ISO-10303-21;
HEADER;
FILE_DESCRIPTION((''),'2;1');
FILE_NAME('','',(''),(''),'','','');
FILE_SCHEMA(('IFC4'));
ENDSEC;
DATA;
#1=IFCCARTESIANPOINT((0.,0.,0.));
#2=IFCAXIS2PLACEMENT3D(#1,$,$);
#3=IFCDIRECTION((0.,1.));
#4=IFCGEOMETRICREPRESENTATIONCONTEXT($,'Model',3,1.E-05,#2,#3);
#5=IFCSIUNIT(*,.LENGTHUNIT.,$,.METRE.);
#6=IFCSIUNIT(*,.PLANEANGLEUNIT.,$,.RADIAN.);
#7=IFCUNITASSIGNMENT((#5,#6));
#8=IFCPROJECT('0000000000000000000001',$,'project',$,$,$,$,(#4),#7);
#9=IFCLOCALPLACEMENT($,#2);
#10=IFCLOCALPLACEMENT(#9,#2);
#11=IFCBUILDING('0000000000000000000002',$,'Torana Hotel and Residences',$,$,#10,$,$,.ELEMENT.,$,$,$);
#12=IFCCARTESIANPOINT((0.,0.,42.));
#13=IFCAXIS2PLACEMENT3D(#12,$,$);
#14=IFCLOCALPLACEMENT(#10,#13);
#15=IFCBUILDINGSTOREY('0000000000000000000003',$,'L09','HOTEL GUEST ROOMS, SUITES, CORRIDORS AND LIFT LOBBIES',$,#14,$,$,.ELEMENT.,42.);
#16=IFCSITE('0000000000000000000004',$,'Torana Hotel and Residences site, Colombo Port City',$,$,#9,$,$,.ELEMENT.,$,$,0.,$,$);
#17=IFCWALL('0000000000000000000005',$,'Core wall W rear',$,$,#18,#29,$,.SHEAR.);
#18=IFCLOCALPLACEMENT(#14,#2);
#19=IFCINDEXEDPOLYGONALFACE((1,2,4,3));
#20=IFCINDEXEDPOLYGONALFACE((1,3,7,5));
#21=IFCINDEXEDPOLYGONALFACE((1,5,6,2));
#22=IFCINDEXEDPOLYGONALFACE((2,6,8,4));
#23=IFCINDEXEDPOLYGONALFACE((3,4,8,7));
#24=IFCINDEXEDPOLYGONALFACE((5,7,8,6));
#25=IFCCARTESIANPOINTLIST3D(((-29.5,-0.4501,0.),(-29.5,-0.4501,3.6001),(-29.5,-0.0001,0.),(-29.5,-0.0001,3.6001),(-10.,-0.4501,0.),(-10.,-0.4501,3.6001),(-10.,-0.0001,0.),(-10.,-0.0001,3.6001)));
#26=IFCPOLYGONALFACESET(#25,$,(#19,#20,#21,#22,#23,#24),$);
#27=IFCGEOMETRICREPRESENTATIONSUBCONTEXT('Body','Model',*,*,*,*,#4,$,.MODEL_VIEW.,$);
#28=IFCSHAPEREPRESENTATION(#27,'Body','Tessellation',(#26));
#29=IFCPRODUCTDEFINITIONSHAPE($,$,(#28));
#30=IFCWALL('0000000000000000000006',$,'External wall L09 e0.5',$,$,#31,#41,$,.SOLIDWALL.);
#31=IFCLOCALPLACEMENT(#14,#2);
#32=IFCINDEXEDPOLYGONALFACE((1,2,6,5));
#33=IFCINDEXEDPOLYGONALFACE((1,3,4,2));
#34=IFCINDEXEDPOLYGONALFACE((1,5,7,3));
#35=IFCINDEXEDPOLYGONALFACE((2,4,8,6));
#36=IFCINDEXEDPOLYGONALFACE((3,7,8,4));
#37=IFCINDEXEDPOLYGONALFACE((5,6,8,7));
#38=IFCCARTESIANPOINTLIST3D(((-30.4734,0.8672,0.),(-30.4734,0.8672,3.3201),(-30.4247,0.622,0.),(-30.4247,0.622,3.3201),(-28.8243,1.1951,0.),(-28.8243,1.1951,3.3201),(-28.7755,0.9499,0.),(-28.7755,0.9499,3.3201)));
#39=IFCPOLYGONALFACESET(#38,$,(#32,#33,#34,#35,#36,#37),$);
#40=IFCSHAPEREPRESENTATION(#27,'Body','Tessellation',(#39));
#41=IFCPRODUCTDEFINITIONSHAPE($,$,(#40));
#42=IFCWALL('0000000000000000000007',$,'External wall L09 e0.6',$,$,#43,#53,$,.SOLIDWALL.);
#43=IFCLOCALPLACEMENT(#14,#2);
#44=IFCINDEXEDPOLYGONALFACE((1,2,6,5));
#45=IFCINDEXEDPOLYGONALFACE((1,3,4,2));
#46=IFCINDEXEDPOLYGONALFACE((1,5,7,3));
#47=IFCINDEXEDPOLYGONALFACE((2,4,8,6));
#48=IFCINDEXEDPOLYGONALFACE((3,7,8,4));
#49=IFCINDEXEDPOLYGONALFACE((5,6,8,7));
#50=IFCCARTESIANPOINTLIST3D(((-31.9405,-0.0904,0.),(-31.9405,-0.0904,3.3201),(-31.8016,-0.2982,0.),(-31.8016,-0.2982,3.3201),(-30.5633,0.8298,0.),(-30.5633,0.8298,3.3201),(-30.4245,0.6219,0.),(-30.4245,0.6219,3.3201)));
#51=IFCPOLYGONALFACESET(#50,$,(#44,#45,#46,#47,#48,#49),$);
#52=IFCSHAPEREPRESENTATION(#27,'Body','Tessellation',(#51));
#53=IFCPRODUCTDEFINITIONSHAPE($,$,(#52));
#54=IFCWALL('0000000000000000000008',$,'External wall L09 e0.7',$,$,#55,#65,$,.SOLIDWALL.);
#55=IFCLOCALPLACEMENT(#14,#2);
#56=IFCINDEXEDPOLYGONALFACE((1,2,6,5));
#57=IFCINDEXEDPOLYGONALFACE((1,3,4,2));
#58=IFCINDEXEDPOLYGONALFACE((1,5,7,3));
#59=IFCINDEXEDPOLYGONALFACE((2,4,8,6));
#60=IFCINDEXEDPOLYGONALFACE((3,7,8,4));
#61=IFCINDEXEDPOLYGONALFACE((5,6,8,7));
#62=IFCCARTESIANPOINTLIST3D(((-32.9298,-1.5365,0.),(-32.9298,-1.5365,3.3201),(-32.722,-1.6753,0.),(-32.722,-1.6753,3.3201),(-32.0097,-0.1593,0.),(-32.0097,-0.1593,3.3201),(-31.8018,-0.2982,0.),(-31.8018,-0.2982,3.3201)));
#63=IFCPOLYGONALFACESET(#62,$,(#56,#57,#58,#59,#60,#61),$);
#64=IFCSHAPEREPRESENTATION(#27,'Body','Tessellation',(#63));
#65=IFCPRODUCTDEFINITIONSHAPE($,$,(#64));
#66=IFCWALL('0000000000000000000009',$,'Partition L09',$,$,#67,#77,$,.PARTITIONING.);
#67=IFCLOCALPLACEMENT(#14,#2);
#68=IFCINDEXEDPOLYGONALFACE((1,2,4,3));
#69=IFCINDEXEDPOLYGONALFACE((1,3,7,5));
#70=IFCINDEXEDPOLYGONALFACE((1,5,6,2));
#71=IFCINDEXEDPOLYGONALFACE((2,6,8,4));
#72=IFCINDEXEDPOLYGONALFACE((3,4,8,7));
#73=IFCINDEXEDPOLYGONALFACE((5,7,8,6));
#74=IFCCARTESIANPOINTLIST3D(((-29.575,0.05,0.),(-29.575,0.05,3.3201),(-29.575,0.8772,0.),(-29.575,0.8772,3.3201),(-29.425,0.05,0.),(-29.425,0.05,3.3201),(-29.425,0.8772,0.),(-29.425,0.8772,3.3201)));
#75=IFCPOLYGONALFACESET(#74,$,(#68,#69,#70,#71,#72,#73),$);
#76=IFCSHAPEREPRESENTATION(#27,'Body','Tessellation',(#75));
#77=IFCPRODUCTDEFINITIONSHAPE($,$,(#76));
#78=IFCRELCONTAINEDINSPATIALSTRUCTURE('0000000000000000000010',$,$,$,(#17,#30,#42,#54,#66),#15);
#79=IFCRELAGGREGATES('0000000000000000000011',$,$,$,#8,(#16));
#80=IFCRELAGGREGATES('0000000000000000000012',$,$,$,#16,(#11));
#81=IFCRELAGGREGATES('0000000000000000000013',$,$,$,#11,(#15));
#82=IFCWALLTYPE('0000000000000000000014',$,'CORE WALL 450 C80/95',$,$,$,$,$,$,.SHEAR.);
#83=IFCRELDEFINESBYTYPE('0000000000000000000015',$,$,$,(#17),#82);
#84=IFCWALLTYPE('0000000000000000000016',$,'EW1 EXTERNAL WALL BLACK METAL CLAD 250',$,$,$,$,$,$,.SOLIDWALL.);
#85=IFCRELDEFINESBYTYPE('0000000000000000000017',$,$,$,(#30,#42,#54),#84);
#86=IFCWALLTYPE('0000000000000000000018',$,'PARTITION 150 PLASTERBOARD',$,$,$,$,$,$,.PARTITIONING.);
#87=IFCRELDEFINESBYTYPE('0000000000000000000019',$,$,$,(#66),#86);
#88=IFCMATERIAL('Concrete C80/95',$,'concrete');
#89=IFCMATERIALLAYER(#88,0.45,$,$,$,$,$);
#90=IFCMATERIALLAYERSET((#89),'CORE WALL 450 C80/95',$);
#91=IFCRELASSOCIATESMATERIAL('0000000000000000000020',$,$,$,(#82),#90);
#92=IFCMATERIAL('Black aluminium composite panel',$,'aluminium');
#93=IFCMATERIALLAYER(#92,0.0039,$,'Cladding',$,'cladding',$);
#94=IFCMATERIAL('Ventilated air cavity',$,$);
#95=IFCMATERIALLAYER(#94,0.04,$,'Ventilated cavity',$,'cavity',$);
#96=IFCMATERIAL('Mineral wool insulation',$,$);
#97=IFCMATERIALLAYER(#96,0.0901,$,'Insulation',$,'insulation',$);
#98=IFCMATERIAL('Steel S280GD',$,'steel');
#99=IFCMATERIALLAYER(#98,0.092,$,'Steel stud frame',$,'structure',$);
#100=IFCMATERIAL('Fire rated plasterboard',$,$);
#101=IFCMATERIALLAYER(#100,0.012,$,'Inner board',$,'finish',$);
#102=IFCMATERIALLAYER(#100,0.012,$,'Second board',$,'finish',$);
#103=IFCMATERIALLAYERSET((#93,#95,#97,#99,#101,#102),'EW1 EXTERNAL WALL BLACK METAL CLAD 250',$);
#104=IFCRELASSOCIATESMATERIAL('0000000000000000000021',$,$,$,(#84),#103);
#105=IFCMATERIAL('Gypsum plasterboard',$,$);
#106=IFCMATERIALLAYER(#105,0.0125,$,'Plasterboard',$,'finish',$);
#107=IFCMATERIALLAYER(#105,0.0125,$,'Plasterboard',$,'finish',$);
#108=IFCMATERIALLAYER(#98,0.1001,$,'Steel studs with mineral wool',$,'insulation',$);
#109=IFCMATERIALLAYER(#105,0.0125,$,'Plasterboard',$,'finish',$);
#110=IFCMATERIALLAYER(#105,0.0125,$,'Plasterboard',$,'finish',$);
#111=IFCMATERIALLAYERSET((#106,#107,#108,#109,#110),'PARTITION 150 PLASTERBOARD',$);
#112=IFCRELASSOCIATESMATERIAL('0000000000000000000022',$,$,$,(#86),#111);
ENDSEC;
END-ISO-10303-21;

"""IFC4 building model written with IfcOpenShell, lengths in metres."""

from ifc_helpers import new_model, si_unit, direction, frame, frame_2d, origin, place, context, subcontext, project, spatial, rectangle, extrude, material, layer, layer_set, type_object, element, save


model = new_model("IFC4")

# Units and contexts
model_context = context("Model", 3, precision=1e-05, world=origin(), true_north=direction((0.0, 1.0)))
body_context = subcontext(model_context, "Body", "Model", "MODEL_VIEW")
ifc_project = project(units=[si_unit("LENGTHUNIT", "METRE"), si_unit("PLANEANGLEUNIT", "RADIAN")], contexts=[model_context])

# Site, building, storey
site_placement = place(None, origin())
site = spatial("IfcSite", under=ifc_project, at=site_placement, Name="Torana Hotel and Residences site, Colombo Port City", CompositionType="ELEMENT", RefElevation=0.0)
building_placement = place(site_placement, origin())
building = spatial("IfcBuilding", under=site, at=building_placement, Name="Torana Hotel and Residences", CompositionType="ELEMENT")
storey_placement = place(building_placement, frame((0.0, 0.0, 42.0)))
storey = spatial("IfcBuildingStorey", under=building, at=storey_placement, Name="L09", Description="HOTEL GUEST ROOMS, SUITES, CORRIDORS AND LIFT LOBBIES", CompositionType="ELEMENT", Elevation=42.0)

# Walls
ifc_material_1 = material(Name="Concrete C80/95", Category="concrete")
ifc_layer_1 = layer(ifc_material_1, 0.45)
ifc_layer_set_1 = layer_set([ifc_layer_1], Name="CORE WALL 450 C80/95")
wall_type_1 = type_object("IfcWallType", Name="CORE WALL 450 C80/95", PredefinedType="SHEAR", material=ifc_layer_set_1)
wall_1_placement = place(storey_placement, frame((-29.5, -0.2251, 0.0), z_axis=(0.0, 0.0, 1.0), x_axis=(1.0, 0.0, 0.0)))
element("IfcWall", 1, at=wall_1_placement, inside=storey, type_object=wall_type_1, Name="Core wall W rear", PredefinedType="SHEAR", context=body_context, shape_type="SweptSolid", body=[
    extrude(rectangle(XDim=19.5, YDim=0.45, at=frame_2d((9.75, 0.0))), origin(), (0.0, 0.0, 1.0), 3.6001),
])
ifc_material_2 = material(Name="Black aluminium composite panel", Category="aluminium")
ifc_layer_2 = layer(ifc_material_2, 0.0039, Name="Cladding", Category="cladding")
ifc_material_3 = material(Name="Ventilated air cavity")
ifc_layer_3 = layer(ifc_material_3, 0.04, Name="Ventilated cavity", Category="cavity")
ifc_material_4 = material(Name="Mineral wool insulation")
ifc_layer_4 = layer(ifc_material_4, 0.0901, Name="Insulation", Category="insulation")
ifc_material_5 = material(Name="Steel S280GD", Category="steel")
ifc_layer_5 = layer(ifc_material_5, 0.092, Name="Steel stud frame", Category="structure")
ifc_material_6 = material(Name="Fire rated plasterboard")
ifc_layer_6 = layer(ifc_material_6, 0.012, Name="Inner board", Category="finish")
ifc_layer_7 = layer(ifc_material_6, 0.012, Name="Second board", Category="finish")
ifc_layer_set_2 = layer_set([ifc_layer_2, ifc_layer_3, ifc_layer_4, ifc_layer_5, ifc_layer_6, ifc_layer_7], Name="EW1 EXTERNAL WALL BLACK METAL CLAD 250")
wall_type_2 = type_object("IfcWallType", Name="EW1 EXTERNAL WALL BLACK METAL CLAD 250", PredefinedType="SOLIDWALL", material=ifc_layer_set_2)
wall_2_placement = place(storey_placement, frame((-28.7998, 1.0725, 0.0), z_axis=(0.0, 0.0, 1.0), x_axis=(-0.980803, -0.194999, 0.0)))
element("IfcWall", 2, at=wall_2_placement, inside=storey, type_object=wall_type_2, Name="External wall L09 e0.5", PredefinedType="SOLIDWALL", context=body_context, shape_type="SweptSolid", body=[
    extrude(rectangle(XDim=1.6814, YDim=0.25, at=frame_2d((0.8408, 0.0))), origin(), (0.0, 0.0, 1.0), 3.3201),
])
for number, where, z_axis, x_axis, name in (
    (3, (-30.4939, 0.7258, 0.0), (0.0, 0.0, 1.0), (-0.831483, -0.55555, 0.0), "External wall L09 e0.6"),
    (4, (-31.9058, -0.2288, 0.0), (0.0, 0.0, 1.0), (-0.55555, -0.831483, 0.0), "External wall L09 e0.7"),
):
    element("IfcWall", number, at=place(storey_placement, frame(where, z_axis=z_axis, x_axis=x_axis)), inside=storey, type_object=wall_type_2, Name=name, PredefinedType="SOLIDWALL", context=body_context, shape_type="SweptSolid", body=[
        extrude(rectangle(XDim=1.6562, YDim=0.25, at=frame_2d((0.8281, 0.0))), origin(), (0.0, 0.0, 1.0), 3.3201),
    ])
ifc_material_7 = material(Name="Gypsum plasterboard")
ifc_layer_8 = layer(ifc_material_7, 0.0125, Name="Plasterboard", Category="finish")
ifc_layer_9 = layer(ifc_material_7, 0.0125, Name="Plasterboard", Category="finish")
ifc_layer_10 = layer(ifc_material_5, 0.1001, Name="Steel studs with mineral wool", Category="insulation")
ifc_layer_11 = layer(ifc_material_7, 0.0125, Name="Plasterboard", Category="finish")
ifc_layer_12 = layer(ifc_material_7, 0.0125, Name="Plasterboard", Category="finish")
ifc_layer_set_3 = layer_set([ifc_layer_8, ifc_layer_9, ifc_layer_10, ifc_layer_11, ifc_layer_12], Name="PARTITION 150 PLASTERBOARD")
wall_type_3 = type_object("IfcWallType", Name="PARTITION 150 PLASTERBOARD", PredefinedType="PARTITIONING", material=ifc_layer_set_3)
wall_3_placement = place(storey_placement, frame((-29.5, 0.05, 0.0), z_axis=(0.0, 0.0, 1.0), x_axis=(0.0, 1.0, 0.0)))
element("IfcWall", 5, at=wall_3_placement, inside=storey, type_object=wall_type_3, Name="Partition L09", PredefinedType="PARTITIONING", context=body_context, shape_type="SweptSolid", body=[
    extrude(rectangle(XDim=0.8271, YDim=0.1499, at=frame_2d((0.4136, 0.0))), origin(), (0.0, 0.0, 1.0), 3.3201),
])

save(model, "model.ifc")
